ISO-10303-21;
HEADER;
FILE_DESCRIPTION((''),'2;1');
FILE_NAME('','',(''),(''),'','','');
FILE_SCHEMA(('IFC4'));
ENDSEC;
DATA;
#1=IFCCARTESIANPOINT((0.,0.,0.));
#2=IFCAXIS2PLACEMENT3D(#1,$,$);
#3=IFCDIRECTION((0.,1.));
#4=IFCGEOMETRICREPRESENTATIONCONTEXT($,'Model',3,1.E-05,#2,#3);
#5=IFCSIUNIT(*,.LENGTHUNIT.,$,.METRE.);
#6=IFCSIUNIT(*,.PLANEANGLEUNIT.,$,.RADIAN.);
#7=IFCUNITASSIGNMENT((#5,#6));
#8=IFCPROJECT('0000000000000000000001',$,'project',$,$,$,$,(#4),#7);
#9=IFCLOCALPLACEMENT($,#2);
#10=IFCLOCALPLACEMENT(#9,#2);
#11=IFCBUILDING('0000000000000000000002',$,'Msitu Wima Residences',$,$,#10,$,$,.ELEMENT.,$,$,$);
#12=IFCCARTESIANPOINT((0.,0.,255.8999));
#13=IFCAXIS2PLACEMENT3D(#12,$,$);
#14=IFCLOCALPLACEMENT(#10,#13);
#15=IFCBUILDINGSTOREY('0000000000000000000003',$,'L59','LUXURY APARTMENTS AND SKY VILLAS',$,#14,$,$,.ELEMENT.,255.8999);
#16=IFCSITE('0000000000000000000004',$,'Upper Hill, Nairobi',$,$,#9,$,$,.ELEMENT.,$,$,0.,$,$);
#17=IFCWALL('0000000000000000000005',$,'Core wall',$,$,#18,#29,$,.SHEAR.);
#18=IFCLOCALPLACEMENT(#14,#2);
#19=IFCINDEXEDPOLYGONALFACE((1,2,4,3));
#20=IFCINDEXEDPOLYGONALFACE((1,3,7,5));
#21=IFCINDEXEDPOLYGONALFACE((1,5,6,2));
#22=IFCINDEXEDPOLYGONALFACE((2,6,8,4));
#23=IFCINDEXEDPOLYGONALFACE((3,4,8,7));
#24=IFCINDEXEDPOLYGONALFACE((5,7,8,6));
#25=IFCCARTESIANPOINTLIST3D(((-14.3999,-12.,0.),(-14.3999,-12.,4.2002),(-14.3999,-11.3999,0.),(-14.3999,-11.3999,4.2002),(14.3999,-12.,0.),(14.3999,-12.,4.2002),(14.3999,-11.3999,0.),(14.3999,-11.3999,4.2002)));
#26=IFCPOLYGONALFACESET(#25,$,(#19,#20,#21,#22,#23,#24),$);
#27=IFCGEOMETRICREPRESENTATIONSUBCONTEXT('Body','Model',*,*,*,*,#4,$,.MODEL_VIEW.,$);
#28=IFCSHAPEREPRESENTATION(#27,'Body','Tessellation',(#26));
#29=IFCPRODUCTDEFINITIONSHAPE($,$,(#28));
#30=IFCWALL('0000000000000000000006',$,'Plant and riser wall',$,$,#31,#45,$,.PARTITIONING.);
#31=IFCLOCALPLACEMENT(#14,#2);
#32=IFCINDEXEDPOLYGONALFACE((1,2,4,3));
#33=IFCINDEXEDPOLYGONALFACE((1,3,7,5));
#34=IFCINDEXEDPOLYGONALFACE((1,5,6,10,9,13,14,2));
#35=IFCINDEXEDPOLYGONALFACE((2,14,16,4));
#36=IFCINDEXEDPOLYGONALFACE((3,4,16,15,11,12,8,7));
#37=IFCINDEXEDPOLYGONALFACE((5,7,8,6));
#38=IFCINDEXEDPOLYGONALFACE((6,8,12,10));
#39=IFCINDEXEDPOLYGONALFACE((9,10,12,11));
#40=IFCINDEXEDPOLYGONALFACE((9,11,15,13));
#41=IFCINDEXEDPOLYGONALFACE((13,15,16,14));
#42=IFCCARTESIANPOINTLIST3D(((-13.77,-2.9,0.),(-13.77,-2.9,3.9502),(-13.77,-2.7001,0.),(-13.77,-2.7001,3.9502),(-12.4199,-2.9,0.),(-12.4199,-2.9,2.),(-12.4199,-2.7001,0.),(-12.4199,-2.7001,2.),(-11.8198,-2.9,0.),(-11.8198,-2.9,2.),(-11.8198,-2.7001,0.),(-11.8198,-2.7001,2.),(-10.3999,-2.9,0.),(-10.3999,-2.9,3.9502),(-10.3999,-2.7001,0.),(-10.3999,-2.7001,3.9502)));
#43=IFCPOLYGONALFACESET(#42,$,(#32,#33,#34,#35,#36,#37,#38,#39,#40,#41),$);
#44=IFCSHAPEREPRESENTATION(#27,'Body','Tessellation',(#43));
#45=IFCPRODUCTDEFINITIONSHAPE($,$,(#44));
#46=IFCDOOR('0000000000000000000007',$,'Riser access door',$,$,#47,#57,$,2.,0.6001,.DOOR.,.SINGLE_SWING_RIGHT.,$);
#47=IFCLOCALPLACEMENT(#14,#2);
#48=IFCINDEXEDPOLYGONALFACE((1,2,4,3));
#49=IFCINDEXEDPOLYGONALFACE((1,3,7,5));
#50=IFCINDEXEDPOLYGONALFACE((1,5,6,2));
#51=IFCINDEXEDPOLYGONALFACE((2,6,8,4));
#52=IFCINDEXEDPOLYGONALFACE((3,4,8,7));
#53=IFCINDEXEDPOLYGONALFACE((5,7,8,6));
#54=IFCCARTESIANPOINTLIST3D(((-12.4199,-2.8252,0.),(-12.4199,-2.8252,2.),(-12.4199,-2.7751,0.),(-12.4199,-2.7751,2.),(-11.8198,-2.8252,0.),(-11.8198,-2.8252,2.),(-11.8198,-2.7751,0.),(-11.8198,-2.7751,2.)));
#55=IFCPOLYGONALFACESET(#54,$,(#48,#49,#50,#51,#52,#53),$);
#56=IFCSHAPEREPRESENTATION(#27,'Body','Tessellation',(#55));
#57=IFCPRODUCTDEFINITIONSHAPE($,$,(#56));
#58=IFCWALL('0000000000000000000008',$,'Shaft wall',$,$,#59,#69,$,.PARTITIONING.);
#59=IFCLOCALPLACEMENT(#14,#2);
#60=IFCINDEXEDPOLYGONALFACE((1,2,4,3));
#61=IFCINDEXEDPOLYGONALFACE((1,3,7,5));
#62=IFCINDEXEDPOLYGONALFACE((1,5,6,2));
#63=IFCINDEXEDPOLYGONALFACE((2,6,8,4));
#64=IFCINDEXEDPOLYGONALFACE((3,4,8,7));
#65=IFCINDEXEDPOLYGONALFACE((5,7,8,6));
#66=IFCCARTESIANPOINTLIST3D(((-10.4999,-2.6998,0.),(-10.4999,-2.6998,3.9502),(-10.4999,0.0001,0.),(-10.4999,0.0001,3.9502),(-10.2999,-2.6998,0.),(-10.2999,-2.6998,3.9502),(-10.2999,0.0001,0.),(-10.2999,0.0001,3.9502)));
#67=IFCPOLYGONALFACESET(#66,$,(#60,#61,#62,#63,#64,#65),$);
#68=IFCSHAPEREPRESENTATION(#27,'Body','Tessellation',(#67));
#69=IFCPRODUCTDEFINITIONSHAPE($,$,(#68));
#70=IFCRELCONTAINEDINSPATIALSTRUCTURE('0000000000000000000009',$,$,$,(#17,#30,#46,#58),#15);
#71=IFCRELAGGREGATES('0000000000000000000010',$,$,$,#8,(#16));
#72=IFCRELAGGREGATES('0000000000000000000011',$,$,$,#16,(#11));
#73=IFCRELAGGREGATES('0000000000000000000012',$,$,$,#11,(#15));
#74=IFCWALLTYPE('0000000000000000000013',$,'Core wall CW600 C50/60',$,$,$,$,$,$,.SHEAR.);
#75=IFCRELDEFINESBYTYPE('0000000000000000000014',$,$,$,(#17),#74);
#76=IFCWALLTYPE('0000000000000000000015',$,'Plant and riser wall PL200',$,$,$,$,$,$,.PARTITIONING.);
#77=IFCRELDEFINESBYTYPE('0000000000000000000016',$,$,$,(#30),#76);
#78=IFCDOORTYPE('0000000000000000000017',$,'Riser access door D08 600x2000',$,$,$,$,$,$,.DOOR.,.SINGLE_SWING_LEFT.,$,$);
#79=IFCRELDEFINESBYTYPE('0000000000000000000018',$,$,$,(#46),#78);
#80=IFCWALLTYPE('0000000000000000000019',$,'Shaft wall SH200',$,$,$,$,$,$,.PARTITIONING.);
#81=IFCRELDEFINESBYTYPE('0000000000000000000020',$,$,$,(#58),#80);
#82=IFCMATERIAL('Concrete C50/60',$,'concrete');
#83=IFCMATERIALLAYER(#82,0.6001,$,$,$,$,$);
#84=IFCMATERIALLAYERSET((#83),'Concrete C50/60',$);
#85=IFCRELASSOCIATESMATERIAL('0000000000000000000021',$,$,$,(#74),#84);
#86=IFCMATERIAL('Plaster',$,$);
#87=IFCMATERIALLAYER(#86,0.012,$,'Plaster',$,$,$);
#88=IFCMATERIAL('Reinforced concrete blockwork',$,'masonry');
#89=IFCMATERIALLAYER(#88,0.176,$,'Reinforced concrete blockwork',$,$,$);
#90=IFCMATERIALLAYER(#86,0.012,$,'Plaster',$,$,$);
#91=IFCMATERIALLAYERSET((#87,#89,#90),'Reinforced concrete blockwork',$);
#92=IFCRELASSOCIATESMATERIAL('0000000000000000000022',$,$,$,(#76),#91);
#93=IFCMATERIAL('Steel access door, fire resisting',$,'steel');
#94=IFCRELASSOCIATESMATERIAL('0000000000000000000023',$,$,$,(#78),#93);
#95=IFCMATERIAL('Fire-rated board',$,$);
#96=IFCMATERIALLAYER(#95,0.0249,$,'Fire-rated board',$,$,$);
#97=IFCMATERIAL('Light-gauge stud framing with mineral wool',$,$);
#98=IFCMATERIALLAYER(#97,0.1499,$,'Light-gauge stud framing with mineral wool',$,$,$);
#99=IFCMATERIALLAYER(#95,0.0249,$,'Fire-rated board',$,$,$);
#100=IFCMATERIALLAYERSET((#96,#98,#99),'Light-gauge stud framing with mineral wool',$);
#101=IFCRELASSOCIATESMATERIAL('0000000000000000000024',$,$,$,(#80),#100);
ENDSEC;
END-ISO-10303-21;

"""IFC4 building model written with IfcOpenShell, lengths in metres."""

from ifc_helpers import new_model, si_unit, direction, frame, frame_2d, origin, place, context, subcontext, project, spatial, rectangle, extrude, material, layer, layer_set, type_object, element, fill, save


model = new_model("IFC4")

# Units and contexts
model_context = context("Model", 3, precision=1e-05, world=origin(), true_north=direction((0.0, 1.0)))
body_context = subcontext(model_context, "Body", "Model", "MODEL_VIEW")
ifc_project = project(units=[si_unit("LENGTHUNIT", "METRE"), si_unit("PLANEANGLEUNIT", "RADIAN")], contexts=[model_context])

# Site, building, storey
site_placement = place(None, origin())
site = spatial("IfcSite", under=ifc_project, at=site_placement, Name="Upper Hill, Nairobi", CompositionType="ELEMENT", RefElevation=0.0)
building_placement = place(site_placement, origin())
building = spatial("IfcBuilding", under=site, at=building_placement, Name="Msitu Wima Residences", CompositionType="ELEMENT")
storey_placement = place(building_placement, frame((0.0, 0.0, 255.8999)))
storey = spatial("IfcBuildingStorey", under=building, at=storey_placement, Name="L59", Description="LUXURY APARTMENTS AND SKY VILLAS", CompositionType="ELEMENT", Elevation=255.8999)

# Wall
ifc_material_1 = material(Name="Concrete C50/60", Category="concrete")
ifc_layer_1 = layer(ifc_material_1, 0.6001)
ifc_layer_set_1 = layer_set([ifc_layer_1], Name="Concrete C50/60")
wall_type_1 = type_object("IfcWallType", Name="Core wall CW600 C50/60", PredefinedType="SHEAR", material=ifc_layer_set_1)
wall_1_placement = place(storey_placement, frame((-14.3999, -11.7, 0.0), z_axis=(0.0, 0.0, 1.0), x_axis=(1.0, 0.0, 0.0)))
element("IfcWall", 1, at=wall_1_placement, inside=storey, type_object=wall_type_1, Name="Core wall", PredefinedType="SHEAR", context=body_context, shape_type="SweptSolid", body=[
    extrude(rectangle(XDim=28.7998, YDim=0.6001, at=frame_2d((14.3999, 0.0))), origin(), (0.0, 0.0, 1.0), 4.2002),
])

# Wall, opening, door
ifc_material_2 = material(Name="Plaster")
ifc_layer_2 = layer(ifc_material_2, 0.012, Name="Plaster")
ifc_material_3 = material(Name="Reinforced concrete blockwork", Category="masonry")
ifc_layer_3 = layer(ifc_material_3, 0.176, Name="Reinforced concrete blockwork")
ifc_layer_4 = layer(ifc_material_2, 0.012, Name="Plaster")
ifc_layer_set_2 = layer_set([ifc_layer_2, ifc_layer_3, ifc_layer_4], Name="Reinforced concrete blockwork")
wall_type_2 = type_object("IfcWallType", Name="Plant and riser wall PL200", PredefinedType="PARTITIONING", material=ifc_layer_set_2)
wall_2_placement = place(storey_placement, frame((-13.77, -2.8, 0.0), z_axis=(0.0, 0.0, 1.0), x_axis=(1.0, 0.0, 0.0)))
wall_2 = element("IfcWall", 2, at=wall_2_placement, inside=storey, type_object=wall_type_2, Name="Plant and riser wall", PredefinedType="PARTITIONING", context=body_context, shape_type="SweptSolid", body=[
    extrude(rectangle(XDim=3.3701, YDim=0.2, at=frame_2d((1.6851, 0.0))), origin(), (0.0, 0.0, 1.0), 3.9502),
])
opening_1_placement = place(wall_2_placement, frame((1.3501, 0.0, 0.0)))
opening_1 = element("IfcOpeningElement", 3, at=opening_1_placement, cuts=wall_2, PredefinedType="OPENING", context=body_context, shape_type="SweptSolid", body=[
    extrude(rectangle(XDim=0.6001, YDim=2.0, at=frame_2d((0.3, 1.0))), frame((0.0, 0.1099, 0.0), z_axis=(0.0, -1.0, 0.0), x_axis=(1.0, 0.0, 0.0)), (0.0, 0.0, 1.0), 0.22),
])
ifc_material_4 = material(Name="Steel access door, fire resisting", Category="steel")
door_type_1 = type_object("IfcDoorType", Name="Riser access door D08 600x2000", OperationType="SINGLE_SWING_LEFT", PredefinedType="DOOR", material=ifc_material_4)
door_1_placement = place(opening_1_placement, origin())
door_1 = element("IfcDoor", 4, at=door_1_placement, inside=storey, type_object=door_type_1, Name="Riser access door", OperationType="SINGLE_SWING_RIGHT", OverallHeight=2.0, OverallWidth=0.6001, PredefinedType="DOOR", context=body_context, shape_type="SweptSolid", body=[
    extrude(rectangle(XDim=0.6001, YDim=2.0, at=frame_2d((0.3, 1.0))), frame((0.0, 0.0249, 0.0), z_axis=(0.0, -1.0, 0.0), x_axis=(1.0, 0.0, 0.0)), (0.0, 0.0, 1.0), 0.05),
])
fill(opening_1, door_1)

# Wall
ifc_material_5 = material(Name="Fire-rated board")
ifc_layer_5 = layer(ifc_material_5, 0.0249, Name="Fire-rated board")
ifc_material_6 = material(Name="Light-gauge stud framing with mineral wool")
ifc_layer_6 = layer(ifc_material_6, 0.1499, Name="Light-gauge stud framing with mineral wool")
ifc_layer_7 = layer(ifc_material_5, 0.0249, Name="Fire-rated board")
ifc_layer_set_3 = layer_set([ifc_layer_5, ifc_layer_6, ifc_layer_7], Name="Light-gauge stud framing with mineral wool")
wall_type_3 = type_object("IfcWallType", Name="Shaft wall SH200", PredefinedType="PARTITIONING", material=ifc_layer_set_3)
wall_3_placement = place(storey_placement, frame((-10.3999, -2.7, 0.0), z_axis=(0.0, 0.0, 1.0), x_axis=(0.0, 1.0, 0.0)))
element("IfcWall", 5, at=wall_3_placement, inside=storey, type_object=wall_type_3, Name="Shaft wall", PredefinedType="PARTITIONING", context=body_context, shape_type="SweptSolid", body=[
    extrude(rectangle(XDim=2.7, YDim=0.2, at=frame_2d((1.3501, 0.0))), origin(), (0.0, 0.0, 1.0), 3.9502),
])

save(model, "model.ifc")
